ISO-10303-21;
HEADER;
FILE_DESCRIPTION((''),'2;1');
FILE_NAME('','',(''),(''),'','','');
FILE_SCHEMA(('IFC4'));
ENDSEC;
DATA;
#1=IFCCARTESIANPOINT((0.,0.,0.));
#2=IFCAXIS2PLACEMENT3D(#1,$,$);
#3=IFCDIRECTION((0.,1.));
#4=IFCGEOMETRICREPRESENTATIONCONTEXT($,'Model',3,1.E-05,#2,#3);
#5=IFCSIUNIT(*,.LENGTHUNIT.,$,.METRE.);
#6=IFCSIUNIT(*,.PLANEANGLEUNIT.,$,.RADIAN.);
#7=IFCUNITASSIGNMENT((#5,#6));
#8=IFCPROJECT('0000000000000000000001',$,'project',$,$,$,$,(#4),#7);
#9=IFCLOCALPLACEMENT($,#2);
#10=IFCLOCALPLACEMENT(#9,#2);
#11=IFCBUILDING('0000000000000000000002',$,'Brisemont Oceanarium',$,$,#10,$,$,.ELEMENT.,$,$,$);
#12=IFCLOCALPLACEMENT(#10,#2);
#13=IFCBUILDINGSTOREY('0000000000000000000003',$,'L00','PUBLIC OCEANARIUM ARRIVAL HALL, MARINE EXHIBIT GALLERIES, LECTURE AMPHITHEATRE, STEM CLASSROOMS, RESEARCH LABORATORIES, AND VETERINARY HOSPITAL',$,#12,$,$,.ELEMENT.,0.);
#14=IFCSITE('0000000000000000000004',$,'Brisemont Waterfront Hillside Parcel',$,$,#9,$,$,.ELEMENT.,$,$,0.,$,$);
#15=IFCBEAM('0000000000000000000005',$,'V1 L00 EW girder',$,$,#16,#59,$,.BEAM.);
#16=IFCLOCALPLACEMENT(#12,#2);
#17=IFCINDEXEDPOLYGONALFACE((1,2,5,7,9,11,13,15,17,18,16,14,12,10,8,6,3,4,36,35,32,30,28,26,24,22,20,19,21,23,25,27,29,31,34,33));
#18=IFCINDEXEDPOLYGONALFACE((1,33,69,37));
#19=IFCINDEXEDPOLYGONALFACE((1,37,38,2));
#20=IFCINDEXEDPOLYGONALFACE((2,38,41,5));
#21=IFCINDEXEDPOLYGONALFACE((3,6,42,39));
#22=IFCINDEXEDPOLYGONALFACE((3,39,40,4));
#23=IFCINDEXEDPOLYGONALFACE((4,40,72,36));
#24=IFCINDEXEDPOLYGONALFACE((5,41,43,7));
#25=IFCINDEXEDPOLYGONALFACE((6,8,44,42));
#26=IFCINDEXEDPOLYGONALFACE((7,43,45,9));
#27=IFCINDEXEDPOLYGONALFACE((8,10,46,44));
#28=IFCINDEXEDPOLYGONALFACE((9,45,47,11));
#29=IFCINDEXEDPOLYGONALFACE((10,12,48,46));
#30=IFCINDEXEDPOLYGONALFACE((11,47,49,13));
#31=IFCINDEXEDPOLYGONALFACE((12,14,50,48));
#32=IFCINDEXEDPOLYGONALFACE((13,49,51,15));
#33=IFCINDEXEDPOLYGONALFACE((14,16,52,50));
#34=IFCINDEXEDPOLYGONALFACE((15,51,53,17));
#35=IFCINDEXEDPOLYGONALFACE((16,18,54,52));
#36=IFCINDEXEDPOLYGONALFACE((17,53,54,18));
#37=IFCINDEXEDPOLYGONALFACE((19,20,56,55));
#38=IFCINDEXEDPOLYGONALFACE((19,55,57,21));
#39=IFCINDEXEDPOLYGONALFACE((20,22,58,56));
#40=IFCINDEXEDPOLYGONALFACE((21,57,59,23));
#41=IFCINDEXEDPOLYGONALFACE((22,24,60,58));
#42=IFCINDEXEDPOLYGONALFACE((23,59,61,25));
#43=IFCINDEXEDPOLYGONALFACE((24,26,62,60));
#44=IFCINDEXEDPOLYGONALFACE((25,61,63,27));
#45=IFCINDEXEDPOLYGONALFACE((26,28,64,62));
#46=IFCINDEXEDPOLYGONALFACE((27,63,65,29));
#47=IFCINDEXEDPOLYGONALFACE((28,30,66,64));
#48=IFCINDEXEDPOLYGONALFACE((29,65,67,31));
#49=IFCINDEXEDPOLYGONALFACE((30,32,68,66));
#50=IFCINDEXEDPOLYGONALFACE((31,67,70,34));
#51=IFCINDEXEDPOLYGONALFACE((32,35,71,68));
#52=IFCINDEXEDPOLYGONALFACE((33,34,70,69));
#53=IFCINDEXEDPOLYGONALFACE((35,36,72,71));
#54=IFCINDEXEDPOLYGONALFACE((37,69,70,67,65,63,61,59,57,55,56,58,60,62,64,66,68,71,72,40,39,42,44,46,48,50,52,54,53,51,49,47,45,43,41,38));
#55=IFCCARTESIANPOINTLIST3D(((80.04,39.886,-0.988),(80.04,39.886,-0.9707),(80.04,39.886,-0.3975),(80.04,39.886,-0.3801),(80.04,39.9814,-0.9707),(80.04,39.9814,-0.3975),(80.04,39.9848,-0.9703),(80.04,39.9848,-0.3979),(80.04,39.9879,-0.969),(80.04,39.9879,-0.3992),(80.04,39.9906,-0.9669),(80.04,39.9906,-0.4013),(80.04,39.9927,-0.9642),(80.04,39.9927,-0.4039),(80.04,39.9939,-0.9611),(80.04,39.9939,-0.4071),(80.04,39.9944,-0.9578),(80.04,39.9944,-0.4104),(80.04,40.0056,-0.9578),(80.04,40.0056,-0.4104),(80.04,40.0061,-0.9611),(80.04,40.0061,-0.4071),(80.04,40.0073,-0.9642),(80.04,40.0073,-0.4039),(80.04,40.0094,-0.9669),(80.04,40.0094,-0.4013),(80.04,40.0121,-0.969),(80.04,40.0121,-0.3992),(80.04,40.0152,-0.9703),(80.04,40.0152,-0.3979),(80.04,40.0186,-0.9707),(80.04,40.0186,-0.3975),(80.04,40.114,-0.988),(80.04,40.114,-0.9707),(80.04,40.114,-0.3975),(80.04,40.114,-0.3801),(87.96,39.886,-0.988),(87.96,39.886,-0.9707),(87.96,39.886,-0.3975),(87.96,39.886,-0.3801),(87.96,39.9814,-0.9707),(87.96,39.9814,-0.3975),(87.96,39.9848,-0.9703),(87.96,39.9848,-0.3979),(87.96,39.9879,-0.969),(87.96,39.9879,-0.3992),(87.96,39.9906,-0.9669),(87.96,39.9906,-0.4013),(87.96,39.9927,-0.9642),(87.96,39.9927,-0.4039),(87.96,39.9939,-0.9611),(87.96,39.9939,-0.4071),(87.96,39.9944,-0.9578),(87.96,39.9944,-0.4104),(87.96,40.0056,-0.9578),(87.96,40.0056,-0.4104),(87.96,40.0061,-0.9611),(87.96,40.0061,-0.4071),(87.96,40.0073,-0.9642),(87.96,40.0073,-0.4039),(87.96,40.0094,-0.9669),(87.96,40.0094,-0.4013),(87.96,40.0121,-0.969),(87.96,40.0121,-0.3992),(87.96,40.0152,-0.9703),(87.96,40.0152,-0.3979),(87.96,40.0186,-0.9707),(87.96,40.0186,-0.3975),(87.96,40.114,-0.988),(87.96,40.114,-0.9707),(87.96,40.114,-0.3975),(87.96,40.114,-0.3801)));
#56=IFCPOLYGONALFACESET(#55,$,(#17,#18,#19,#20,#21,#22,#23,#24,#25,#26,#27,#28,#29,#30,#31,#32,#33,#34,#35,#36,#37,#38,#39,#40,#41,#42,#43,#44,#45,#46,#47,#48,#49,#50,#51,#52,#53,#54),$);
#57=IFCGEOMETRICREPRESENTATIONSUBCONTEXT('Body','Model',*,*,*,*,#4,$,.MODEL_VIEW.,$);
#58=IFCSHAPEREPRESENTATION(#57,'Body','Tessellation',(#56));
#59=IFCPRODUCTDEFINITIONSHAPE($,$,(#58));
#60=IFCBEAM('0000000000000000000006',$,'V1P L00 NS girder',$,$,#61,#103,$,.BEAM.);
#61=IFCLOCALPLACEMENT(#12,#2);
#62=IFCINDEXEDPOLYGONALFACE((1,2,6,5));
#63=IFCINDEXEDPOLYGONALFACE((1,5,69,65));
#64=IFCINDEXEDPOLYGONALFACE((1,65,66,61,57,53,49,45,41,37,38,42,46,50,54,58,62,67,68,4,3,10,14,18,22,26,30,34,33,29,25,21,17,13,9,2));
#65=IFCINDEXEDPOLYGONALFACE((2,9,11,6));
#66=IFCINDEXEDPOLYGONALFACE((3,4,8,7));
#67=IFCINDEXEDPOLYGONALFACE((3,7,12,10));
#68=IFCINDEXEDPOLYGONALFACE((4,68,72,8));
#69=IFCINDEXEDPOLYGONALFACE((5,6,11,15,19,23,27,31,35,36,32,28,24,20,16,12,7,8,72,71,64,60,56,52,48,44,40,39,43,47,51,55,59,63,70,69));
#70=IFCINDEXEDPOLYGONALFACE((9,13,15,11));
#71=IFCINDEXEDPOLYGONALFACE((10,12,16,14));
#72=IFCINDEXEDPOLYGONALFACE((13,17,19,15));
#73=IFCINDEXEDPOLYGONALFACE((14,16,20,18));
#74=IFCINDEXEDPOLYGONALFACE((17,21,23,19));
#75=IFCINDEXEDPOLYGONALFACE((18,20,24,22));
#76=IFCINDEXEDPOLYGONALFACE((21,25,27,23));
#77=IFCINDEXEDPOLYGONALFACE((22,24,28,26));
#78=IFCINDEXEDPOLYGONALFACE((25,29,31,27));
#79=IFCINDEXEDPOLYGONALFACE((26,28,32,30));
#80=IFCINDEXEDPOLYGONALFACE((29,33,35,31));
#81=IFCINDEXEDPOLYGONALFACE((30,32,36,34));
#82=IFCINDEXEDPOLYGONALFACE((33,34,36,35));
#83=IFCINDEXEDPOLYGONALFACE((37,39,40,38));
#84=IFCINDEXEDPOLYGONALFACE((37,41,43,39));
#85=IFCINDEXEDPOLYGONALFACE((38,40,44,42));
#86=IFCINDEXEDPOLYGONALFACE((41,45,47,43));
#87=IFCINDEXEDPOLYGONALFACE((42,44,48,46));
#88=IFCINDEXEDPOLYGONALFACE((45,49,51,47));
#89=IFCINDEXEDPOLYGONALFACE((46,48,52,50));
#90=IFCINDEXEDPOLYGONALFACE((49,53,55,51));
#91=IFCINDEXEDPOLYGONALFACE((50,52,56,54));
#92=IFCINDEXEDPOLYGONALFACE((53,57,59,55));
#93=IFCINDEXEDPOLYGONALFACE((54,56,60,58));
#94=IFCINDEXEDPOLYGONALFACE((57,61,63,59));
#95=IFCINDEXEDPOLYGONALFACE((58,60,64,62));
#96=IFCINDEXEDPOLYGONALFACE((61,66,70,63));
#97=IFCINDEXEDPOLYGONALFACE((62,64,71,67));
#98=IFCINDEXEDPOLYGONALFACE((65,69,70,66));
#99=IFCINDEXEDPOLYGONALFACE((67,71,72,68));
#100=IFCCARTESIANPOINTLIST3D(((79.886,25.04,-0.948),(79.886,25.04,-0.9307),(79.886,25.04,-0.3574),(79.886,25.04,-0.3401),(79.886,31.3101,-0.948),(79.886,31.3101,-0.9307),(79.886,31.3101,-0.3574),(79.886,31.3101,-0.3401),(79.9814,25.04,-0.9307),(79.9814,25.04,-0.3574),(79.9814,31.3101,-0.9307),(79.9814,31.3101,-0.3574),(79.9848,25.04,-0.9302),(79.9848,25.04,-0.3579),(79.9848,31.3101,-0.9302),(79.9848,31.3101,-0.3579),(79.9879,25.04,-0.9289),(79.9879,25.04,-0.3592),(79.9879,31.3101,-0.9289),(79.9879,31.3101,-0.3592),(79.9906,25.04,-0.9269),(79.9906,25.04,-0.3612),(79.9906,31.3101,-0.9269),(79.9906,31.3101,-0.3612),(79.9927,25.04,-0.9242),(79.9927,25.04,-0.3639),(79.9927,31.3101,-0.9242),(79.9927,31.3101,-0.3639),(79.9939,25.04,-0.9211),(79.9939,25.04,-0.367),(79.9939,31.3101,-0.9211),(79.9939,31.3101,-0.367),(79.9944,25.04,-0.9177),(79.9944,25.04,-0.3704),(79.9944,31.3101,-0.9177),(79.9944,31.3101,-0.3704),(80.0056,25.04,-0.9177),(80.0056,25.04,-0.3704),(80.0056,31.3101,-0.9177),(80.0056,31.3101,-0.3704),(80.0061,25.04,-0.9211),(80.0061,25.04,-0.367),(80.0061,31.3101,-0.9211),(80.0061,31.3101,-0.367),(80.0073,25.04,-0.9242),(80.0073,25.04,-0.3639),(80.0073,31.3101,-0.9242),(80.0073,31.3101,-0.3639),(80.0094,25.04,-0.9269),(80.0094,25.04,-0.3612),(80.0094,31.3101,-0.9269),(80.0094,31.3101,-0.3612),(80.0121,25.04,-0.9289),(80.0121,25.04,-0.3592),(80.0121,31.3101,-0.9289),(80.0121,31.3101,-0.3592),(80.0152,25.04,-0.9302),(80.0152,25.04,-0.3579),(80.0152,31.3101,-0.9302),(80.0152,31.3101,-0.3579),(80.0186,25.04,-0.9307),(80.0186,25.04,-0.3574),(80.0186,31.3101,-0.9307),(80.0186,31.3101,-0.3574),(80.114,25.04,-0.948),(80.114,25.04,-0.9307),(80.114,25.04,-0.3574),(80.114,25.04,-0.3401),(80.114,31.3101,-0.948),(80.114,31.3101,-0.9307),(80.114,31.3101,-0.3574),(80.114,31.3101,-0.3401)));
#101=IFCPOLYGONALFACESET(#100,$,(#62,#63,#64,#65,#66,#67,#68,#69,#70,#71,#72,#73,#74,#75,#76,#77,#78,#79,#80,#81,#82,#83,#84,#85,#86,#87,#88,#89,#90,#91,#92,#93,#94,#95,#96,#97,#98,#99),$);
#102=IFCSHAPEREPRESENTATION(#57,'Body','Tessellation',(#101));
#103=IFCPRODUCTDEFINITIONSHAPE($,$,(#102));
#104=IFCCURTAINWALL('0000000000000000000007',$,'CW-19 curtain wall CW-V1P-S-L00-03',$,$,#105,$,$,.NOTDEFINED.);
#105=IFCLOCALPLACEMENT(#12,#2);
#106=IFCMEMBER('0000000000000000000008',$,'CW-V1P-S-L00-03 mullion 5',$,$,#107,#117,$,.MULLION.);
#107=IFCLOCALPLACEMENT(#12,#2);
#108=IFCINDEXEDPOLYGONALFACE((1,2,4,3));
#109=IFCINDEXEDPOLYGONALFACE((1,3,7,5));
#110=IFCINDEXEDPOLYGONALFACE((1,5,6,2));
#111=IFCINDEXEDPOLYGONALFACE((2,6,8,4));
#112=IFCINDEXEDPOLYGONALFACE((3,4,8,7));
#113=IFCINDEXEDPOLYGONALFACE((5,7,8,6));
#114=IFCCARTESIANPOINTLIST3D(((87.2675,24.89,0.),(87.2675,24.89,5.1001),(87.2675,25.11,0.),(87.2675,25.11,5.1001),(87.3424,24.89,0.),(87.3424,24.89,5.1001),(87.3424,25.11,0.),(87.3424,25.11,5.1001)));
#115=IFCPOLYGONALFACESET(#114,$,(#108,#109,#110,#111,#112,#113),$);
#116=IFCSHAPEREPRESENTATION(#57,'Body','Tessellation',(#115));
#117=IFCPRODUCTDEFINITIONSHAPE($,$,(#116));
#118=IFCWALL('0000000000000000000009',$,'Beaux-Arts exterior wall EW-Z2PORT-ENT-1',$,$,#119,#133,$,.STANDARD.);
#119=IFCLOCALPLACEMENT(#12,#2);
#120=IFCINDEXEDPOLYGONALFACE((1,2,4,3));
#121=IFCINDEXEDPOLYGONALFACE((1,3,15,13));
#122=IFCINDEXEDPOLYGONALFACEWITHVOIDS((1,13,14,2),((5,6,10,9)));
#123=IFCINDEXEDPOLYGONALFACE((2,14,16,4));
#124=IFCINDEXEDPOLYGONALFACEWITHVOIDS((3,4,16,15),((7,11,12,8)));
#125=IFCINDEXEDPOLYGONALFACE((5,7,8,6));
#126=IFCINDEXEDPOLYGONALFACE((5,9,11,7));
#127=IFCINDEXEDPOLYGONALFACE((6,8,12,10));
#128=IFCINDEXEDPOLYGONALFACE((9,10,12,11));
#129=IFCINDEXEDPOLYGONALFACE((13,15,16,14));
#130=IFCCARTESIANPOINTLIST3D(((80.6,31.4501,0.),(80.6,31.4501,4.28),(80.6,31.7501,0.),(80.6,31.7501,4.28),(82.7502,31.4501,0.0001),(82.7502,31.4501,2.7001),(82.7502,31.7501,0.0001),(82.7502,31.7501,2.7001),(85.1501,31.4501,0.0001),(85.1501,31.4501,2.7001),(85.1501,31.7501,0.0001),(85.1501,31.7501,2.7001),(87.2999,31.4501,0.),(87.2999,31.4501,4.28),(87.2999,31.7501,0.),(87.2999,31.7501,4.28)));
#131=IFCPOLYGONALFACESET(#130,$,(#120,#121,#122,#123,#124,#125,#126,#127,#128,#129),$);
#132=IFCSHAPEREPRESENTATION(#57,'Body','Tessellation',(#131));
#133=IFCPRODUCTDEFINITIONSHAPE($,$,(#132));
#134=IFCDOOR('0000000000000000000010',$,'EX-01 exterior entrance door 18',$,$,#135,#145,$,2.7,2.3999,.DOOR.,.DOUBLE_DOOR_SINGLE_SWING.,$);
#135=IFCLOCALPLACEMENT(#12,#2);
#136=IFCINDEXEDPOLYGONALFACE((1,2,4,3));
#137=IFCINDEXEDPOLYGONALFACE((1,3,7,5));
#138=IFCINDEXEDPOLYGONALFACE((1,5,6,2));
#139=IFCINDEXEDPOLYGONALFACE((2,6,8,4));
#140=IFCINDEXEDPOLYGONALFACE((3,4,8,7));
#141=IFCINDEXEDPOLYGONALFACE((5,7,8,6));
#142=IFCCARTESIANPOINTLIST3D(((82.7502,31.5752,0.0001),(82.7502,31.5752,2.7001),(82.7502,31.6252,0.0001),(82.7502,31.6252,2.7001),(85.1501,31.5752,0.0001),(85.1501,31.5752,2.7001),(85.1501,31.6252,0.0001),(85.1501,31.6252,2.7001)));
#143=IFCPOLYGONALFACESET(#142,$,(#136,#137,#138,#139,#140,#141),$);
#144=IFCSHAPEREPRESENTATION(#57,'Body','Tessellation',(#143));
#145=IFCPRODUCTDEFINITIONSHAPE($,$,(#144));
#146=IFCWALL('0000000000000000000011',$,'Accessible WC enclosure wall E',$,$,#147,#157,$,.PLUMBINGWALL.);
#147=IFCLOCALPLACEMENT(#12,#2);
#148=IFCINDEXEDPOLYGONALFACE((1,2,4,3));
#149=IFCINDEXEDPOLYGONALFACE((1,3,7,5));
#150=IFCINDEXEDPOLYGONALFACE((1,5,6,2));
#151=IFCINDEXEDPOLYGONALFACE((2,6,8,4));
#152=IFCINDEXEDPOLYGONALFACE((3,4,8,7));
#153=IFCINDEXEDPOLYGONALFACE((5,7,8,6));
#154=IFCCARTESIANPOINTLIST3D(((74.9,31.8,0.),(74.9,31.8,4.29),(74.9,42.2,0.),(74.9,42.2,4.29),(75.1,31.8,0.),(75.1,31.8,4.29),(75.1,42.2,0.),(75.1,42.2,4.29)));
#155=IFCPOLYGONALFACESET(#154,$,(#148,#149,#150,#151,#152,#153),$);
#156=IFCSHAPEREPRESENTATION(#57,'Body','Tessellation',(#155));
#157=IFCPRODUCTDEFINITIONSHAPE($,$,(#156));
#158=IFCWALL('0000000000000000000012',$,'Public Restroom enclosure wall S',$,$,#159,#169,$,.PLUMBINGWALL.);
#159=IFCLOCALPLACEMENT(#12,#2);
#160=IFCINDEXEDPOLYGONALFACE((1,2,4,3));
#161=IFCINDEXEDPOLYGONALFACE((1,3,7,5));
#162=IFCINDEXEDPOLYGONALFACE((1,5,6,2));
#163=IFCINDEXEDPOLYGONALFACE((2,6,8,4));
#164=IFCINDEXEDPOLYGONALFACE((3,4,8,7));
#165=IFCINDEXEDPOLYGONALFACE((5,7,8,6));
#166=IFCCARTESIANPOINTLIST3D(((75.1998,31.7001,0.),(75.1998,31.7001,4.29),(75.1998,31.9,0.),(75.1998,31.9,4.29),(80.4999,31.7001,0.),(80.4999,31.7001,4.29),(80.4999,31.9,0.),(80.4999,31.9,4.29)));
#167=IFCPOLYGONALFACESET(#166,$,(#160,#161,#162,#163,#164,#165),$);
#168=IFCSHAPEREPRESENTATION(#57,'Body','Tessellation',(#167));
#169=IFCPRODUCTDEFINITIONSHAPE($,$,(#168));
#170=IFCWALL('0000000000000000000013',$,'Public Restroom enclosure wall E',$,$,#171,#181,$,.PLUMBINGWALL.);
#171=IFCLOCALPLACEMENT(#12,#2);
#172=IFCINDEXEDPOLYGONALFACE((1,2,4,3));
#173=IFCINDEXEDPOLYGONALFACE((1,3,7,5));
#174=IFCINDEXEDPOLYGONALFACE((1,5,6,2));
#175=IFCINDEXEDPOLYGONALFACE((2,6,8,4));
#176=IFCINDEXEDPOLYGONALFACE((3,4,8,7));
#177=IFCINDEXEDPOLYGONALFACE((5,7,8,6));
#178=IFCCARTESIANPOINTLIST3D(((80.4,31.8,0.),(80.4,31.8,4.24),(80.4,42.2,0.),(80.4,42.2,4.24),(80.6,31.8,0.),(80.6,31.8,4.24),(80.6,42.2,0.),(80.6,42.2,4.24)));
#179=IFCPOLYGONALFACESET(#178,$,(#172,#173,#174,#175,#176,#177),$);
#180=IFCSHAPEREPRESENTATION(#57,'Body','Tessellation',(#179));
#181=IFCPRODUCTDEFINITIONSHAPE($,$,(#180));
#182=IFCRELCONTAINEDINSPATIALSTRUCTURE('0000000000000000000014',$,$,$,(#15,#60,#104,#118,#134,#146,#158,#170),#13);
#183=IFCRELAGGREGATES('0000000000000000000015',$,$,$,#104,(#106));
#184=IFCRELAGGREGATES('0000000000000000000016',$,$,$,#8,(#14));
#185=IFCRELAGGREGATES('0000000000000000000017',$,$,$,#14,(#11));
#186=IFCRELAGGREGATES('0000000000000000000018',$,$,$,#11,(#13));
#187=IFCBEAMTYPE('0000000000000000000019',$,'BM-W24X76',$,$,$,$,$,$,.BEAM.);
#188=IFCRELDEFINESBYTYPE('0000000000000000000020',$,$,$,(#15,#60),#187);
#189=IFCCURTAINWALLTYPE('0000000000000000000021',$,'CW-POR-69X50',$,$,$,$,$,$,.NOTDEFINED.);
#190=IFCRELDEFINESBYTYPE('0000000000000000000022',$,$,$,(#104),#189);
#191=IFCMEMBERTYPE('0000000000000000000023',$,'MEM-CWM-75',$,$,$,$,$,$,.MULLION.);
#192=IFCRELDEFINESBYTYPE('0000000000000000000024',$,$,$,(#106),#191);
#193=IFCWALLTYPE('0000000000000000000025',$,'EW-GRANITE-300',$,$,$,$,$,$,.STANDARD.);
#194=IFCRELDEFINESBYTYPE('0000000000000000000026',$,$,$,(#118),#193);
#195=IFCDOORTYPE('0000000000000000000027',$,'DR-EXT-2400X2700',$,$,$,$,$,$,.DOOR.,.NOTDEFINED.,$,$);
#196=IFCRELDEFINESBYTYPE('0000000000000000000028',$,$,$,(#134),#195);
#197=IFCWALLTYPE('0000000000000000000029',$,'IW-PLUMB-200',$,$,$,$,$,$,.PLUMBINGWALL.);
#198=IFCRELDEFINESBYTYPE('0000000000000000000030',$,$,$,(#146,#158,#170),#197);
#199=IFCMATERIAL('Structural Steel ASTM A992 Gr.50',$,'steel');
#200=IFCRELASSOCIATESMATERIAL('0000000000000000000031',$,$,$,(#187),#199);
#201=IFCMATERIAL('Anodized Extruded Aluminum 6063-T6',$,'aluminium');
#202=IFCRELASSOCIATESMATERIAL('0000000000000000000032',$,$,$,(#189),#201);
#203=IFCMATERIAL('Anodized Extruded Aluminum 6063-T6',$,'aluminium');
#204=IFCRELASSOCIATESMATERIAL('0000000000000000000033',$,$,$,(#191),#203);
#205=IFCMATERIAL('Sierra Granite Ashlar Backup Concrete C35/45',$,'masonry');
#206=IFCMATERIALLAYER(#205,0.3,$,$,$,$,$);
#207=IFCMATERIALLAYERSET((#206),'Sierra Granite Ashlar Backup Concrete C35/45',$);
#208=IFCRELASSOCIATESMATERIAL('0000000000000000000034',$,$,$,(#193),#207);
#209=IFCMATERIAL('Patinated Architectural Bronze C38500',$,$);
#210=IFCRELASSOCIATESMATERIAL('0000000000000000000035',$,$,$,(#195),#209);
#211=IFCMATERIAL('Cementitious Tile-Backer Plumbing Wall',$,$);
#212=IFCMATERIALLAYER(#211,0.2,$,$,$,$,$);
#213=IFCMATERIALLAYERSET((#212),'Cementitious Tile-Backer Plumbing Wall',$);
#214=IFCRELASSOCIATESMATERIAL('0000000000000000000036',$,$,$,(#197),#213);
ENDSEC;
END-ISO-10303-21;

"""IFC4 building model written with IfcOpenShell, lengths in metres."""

from ifc_helpers import new_model, si_unit, direction, frame, frame_2d, origin, origin_2d, place, context, subcontext, project, spatial, rectangle, i_section, extrude, material, layer, layer_set, material_profile, profile_set, type_object, element, fill, aggregate, save


model = new_model("IFC4")

# Units and contexts
model_context = context("Model", 3, precision=1e-05, world=origin(), true_north=direction((0.0, 1.0)))
body_context = subcontext(model_context, "Body", "Model", "MODEL_VIEW")
ifc_project = project(units=[si_unit("LENGTHUNIT", "METRE"), si_unit("PLANEANGLEUNIT", "RADIAN")], contexts=[model_context])

# Site, building, storey
site_placement = place(None, origin())
site = spatial("IfcSite", under=ifc_project, at=site_placement, Name="Brisemont Waterfront Hillside Parcel", CompositionType="ELEMENT", RefElevation=0.0)
building_placement = place(site_placement, origin())
building = spatial("IfcBuilding", under=site, at=building_placement, Name="Brisemont Oceanarium", CompositionType="ELEMENT")
storey_placement = place(building_placement, origin())
storey = spatial("IfcBuildingStorey", under=building, at=storey_placement, Name="L00", Description="PUBLIC OCEANARIUM ARRIVAL HALL, MARINE EXHIBIT GALLERIES, LECTURE AMPHITHEATRE, STEM CLASSROOMS, RESEARCH LABORATORIES, AND VETERINARY HOSPITAL", CompositionType="ELEMENT", Elevation=0.0)

# Beams
ifc_material_1 = material(Name="Structural Steel ASTM A992 Gr.50", Category="steel")
ifc_material_profile_1 = material_profile(ifc_material_1, i_section(OverallWidth=0.228, OverallDepth=0.6079, WebThickness=0.0112, FlangeThickness=0.0173, FilletRadius=0.0129, at=origin_2d()), Name="W24X76")
ifc_profile_set_1 = profile_set([ifc_material_profile_1], Name="Structural Steel ASTM A992 Gr.50")
beam_type_1 = type_object("IfcBeamType", Name="BM-W24X76", PredefinedType="BEAM", material=ifc_profile_set_1)
beam_1_placement = place(storey_placement, frame((80.04, 40.0, -0.6841), z_axis=(1.0, 0.0, 0.0), x_axis=(0.0, 1.0, 0.0)))
element("IfcBeam", 1, at=beam_1_placement, inside=storey, type_object=beam_type_1, Name="V1 L00 EW girder", PredefinedType="BEAM", context=body_context, shape_type="SweptSolid", body=[
    extrude(i_section(OverallWidth=0.228, OverallDepth=0.6079, WebThickness=0.0112, FlangeThickness=0.0173, FilletRadius=0.0129, at=origin_2d()), origin(), (0.0, 0.0, 1.0), 7.9199),
])
beam_2_placement = place(storey_placement, frame((80.0, 25.04, -0.644), z_axis=(0.0, 1.0, 0.0), x_axis=(-1.0, 0.0, 0.0)))
element("IfcBeam", 2, at=beam_2_placement, inside=storey, type_object=beam_type_1, Name="V1P L00 NS girder", PredefinedType="BEAM", context=body_context, shape_type="SweptSolid", body=[
    extrude(i_section(OverallWidth=0.228, OverallDepth=0.6079, WebThickness=0.0112, FlangeThickness=0.0173, FilletRadius=0.0129, at=origin_2d()), origin(), (0.0, 0.0, 1.0), 6.27),
])

# Curtain wall, member
ifc_material_2 = material(Name="Anodized Extruded Aluminum 6063-T6", Category="aluminium")
curtain_wall_type = type_object("IfcCurtainWallType", Name="CW-POR-69X50", PredefinedType="NOTDEFINED", material=ifc_material_2)
curtain_wall_placement = place(storey_placement, origin())
curtain_wall = element("IfcCurtainWall", 3, at=curtain_wall_placement, inside=storey, type_object=curtain_wall_type, Name="CW-19 curtain wall CW-V1P-S-L00-03", PredefinedType="NOTDEFINED")
ifc_material_3 = material(Name="Anodized Extruded Aluminum 6063-T6", Category="aluminium")
ifc_material_profile_2 = material_profile(ifc_material_3, rectangle(XDim=0.075, YDim=0.22, at=origin_2d()), Name="CWM-75X220")
ifc_profile_set_2 = profile_set([ifc_material_profile_2], Name="Anodized Extruded Aluminum 6063-T6")
member_type = type_object("IfcMemberType", Name="MEM-CWM-75", PredefinedType="MULLION", material=ifc_profile_set_2)
member_placement = place(storey_placement, frame((87.3049, 25.0, 0.0), z_axis=(0.0, 0.0, 1.0), x_axis=(1.0, 0.0, 0.0)))
member = element("IfcMember", 4, at=member_placement, type_object=member_type, Name="CW-V1P-S-L00-03 mullion 5", PredefinedType="MULLION", context=body_context, shape_type="SweptSolid", body=[
    extrude(rectangle(XDim=0.075, YDim=0.22, at=origin_2d()), origin(), (0.0, 0.0, 1.0), 5.1001),
])
aggregate(curtain_wall, [member])

# Wall, opening, door
ifc_material_4 = material(Name="Sierra Granite Ashlar Backup Concrete C35/45", Category="masonry")
ifc_layer_1 = layer(ifc_material_4, 0.3)
ifc_layer_set_1 = layer_set([ifc_layer_1], Name="Sierra Granite Ashlar Backup Concrete C35/45")
wall_type_1 = type_object("IfcWallType", Name="EW-GRANITE-300", PredefinedType="STANDARD", material=ifc_layer_set_1)
wall_1_placement = place(storey_placement, frame((87.3, 31.6001, 0.0), z_axis=(0.0, 0.0, 1.0), x_axis=(-1.0, 0.0, 0.0)))
wall_1 = element("IfcWall", 5, at=wall_1_placement, inside=storey, type_object=wall_type_1, Name="Beaux-Arts exterior wall EW-Z2PORT-ENT-1", PredefinedType="STANDARD", context=body_context, shape_type="SweptSolid", body=[
    extrude(rectangle(XDim=6.7, YDim=0.3, at=frame_2d((3.3501, 0.0))), origin(), (0.0, 0.0, 1.0), 4.28),
])
opening_placement = place(wall_1_placement, frame((2.1499, 0.0, 0.0)))
opening = element("IfcOpeningElement", 6, at=opening_placement, cuts=wall_1, PredefinedType="OPENING", context=body_context, shape_type="SweptSolid", body=[
    extrude(rectangle(XDim=2.3999, YDim=2.7, at=frame_2d((1.2, 1.3501))), frame((0.0, 0.1599, 0.0), z_axis=(0.0, -1.0, 0.0), x_axis=(1.0, 0.0, 0.0)), (0.0, 0.0, 1.0), 0.3201),
])
ifc_material_5 = material(Name="Patinated Architectural Bronze C38500")
door_type = type_object("IfcDoorType", Name="DR-EXT-2400X2700", OperationType="NOTDEFINED", PredefinedType="DOOR", material=ifc_material_5)
door_placement = place(opening_placement, origin())
door = element("IfcDoor", 7, at=door_placement, inside=storey, type_object=door_type, Name="EX-01 exterior entrance door 18", OperationType="DOUBLE_DOOR_SINGLE_SWING", OverallHeight=2.7, OverallWidth=2.3999, PredefinedType="DOOR", context=body_context, shape_type="SweptSolid", body=[
    extrude(rectangle(XDim=2.3999, YDim=2.7, at=frame_2d((1.2, 1.3501))), frame((0.0, 0.0249, 0.0), z_axis=(0.0, -1.0, 0.0), x_axis=(1.0, 0.0, 0.0)), (0.0, 0.0, 1.0), 0.05),
])
fill(opening, door)

# Walls
ifc_material_6 = material(Name="Cementitious Tile-Backer Plumbing Wall")
ifc_layer_2 = layer(ifc_material_6, 0.2)
ifc_layer_set_2 = layer_set([ifc_layer_2], Name="Cementitious Tile-Backer Plumbing Wall")
wall_type_2 = type_object("IfcWallType", Name="IW-PLUMB-200", PredefinedType="PLUMBINGWALL", material=ifc_layer_set_2)
wall_2_placement = place(storey_placement, frame((75.0, 31.8, 0.0), z_axis=(0.0, 0.0, 1.0), x_axis=(0.0, 1.0, 0.0)))
element("IfcWall", 8, at=wall_2_placement, inside=storey, type_object=wall_type_2, Name="Accessible WC enclosure wall E", PredefinedType="PLUMBINGWALL", context=body_context, shape_type="SweptSolid", body=[
    extrude(rectangle(XDim=10.3999, YDim=0.2, at=frame_2d((5.2, 0.0))), origin(), (0.0, 0.0, 1.0), 4.29),
])
wall_3_placement = place(storey_placement, frame((75.2, 31.8, 0.0), z_axis=(0.0, 0.0, 1.0), x_axis=(1.0, 0.0, 0.0)))
element("IfcWall", 9, at=wall_3_placement, inside=storey, type_object=wall_type_2, Name="Public Restroom enclosure wall S", PredefinedType="PLUMBINGWALL", context=body_context, shape_type="SweptSolid", body=[
    extrude(rectangle(XDim=5.3, YDim=0.2, at=frame_2d((2.6499, 0.0))), origin(), (0.0, 0.0, 1.0), 4.29),
])
wall_4_placement = place(storey_placement, frame((80.5, 31.8, 0.0), z_axis=(0.0, 0.0, 1.0), x_axis=(0.0, 1.0, 0.0)))
element("IfcWall", 10, at=wall_4_placement, inside=storey, type_object=wall_type_2, Name="Public Restroom enclosure wall E", PredefinedType="PLUMBINGWALL", context=body_context, shape_type="SweptSolid", body=[
    extrude(rectangle(XDim=10.3999, YDim=0.2, at=frame_2d((5.2, 0.0))), origin(), (0.0, 0.0, 1.0), 4.24),
])

save(model, "model.ifc")
